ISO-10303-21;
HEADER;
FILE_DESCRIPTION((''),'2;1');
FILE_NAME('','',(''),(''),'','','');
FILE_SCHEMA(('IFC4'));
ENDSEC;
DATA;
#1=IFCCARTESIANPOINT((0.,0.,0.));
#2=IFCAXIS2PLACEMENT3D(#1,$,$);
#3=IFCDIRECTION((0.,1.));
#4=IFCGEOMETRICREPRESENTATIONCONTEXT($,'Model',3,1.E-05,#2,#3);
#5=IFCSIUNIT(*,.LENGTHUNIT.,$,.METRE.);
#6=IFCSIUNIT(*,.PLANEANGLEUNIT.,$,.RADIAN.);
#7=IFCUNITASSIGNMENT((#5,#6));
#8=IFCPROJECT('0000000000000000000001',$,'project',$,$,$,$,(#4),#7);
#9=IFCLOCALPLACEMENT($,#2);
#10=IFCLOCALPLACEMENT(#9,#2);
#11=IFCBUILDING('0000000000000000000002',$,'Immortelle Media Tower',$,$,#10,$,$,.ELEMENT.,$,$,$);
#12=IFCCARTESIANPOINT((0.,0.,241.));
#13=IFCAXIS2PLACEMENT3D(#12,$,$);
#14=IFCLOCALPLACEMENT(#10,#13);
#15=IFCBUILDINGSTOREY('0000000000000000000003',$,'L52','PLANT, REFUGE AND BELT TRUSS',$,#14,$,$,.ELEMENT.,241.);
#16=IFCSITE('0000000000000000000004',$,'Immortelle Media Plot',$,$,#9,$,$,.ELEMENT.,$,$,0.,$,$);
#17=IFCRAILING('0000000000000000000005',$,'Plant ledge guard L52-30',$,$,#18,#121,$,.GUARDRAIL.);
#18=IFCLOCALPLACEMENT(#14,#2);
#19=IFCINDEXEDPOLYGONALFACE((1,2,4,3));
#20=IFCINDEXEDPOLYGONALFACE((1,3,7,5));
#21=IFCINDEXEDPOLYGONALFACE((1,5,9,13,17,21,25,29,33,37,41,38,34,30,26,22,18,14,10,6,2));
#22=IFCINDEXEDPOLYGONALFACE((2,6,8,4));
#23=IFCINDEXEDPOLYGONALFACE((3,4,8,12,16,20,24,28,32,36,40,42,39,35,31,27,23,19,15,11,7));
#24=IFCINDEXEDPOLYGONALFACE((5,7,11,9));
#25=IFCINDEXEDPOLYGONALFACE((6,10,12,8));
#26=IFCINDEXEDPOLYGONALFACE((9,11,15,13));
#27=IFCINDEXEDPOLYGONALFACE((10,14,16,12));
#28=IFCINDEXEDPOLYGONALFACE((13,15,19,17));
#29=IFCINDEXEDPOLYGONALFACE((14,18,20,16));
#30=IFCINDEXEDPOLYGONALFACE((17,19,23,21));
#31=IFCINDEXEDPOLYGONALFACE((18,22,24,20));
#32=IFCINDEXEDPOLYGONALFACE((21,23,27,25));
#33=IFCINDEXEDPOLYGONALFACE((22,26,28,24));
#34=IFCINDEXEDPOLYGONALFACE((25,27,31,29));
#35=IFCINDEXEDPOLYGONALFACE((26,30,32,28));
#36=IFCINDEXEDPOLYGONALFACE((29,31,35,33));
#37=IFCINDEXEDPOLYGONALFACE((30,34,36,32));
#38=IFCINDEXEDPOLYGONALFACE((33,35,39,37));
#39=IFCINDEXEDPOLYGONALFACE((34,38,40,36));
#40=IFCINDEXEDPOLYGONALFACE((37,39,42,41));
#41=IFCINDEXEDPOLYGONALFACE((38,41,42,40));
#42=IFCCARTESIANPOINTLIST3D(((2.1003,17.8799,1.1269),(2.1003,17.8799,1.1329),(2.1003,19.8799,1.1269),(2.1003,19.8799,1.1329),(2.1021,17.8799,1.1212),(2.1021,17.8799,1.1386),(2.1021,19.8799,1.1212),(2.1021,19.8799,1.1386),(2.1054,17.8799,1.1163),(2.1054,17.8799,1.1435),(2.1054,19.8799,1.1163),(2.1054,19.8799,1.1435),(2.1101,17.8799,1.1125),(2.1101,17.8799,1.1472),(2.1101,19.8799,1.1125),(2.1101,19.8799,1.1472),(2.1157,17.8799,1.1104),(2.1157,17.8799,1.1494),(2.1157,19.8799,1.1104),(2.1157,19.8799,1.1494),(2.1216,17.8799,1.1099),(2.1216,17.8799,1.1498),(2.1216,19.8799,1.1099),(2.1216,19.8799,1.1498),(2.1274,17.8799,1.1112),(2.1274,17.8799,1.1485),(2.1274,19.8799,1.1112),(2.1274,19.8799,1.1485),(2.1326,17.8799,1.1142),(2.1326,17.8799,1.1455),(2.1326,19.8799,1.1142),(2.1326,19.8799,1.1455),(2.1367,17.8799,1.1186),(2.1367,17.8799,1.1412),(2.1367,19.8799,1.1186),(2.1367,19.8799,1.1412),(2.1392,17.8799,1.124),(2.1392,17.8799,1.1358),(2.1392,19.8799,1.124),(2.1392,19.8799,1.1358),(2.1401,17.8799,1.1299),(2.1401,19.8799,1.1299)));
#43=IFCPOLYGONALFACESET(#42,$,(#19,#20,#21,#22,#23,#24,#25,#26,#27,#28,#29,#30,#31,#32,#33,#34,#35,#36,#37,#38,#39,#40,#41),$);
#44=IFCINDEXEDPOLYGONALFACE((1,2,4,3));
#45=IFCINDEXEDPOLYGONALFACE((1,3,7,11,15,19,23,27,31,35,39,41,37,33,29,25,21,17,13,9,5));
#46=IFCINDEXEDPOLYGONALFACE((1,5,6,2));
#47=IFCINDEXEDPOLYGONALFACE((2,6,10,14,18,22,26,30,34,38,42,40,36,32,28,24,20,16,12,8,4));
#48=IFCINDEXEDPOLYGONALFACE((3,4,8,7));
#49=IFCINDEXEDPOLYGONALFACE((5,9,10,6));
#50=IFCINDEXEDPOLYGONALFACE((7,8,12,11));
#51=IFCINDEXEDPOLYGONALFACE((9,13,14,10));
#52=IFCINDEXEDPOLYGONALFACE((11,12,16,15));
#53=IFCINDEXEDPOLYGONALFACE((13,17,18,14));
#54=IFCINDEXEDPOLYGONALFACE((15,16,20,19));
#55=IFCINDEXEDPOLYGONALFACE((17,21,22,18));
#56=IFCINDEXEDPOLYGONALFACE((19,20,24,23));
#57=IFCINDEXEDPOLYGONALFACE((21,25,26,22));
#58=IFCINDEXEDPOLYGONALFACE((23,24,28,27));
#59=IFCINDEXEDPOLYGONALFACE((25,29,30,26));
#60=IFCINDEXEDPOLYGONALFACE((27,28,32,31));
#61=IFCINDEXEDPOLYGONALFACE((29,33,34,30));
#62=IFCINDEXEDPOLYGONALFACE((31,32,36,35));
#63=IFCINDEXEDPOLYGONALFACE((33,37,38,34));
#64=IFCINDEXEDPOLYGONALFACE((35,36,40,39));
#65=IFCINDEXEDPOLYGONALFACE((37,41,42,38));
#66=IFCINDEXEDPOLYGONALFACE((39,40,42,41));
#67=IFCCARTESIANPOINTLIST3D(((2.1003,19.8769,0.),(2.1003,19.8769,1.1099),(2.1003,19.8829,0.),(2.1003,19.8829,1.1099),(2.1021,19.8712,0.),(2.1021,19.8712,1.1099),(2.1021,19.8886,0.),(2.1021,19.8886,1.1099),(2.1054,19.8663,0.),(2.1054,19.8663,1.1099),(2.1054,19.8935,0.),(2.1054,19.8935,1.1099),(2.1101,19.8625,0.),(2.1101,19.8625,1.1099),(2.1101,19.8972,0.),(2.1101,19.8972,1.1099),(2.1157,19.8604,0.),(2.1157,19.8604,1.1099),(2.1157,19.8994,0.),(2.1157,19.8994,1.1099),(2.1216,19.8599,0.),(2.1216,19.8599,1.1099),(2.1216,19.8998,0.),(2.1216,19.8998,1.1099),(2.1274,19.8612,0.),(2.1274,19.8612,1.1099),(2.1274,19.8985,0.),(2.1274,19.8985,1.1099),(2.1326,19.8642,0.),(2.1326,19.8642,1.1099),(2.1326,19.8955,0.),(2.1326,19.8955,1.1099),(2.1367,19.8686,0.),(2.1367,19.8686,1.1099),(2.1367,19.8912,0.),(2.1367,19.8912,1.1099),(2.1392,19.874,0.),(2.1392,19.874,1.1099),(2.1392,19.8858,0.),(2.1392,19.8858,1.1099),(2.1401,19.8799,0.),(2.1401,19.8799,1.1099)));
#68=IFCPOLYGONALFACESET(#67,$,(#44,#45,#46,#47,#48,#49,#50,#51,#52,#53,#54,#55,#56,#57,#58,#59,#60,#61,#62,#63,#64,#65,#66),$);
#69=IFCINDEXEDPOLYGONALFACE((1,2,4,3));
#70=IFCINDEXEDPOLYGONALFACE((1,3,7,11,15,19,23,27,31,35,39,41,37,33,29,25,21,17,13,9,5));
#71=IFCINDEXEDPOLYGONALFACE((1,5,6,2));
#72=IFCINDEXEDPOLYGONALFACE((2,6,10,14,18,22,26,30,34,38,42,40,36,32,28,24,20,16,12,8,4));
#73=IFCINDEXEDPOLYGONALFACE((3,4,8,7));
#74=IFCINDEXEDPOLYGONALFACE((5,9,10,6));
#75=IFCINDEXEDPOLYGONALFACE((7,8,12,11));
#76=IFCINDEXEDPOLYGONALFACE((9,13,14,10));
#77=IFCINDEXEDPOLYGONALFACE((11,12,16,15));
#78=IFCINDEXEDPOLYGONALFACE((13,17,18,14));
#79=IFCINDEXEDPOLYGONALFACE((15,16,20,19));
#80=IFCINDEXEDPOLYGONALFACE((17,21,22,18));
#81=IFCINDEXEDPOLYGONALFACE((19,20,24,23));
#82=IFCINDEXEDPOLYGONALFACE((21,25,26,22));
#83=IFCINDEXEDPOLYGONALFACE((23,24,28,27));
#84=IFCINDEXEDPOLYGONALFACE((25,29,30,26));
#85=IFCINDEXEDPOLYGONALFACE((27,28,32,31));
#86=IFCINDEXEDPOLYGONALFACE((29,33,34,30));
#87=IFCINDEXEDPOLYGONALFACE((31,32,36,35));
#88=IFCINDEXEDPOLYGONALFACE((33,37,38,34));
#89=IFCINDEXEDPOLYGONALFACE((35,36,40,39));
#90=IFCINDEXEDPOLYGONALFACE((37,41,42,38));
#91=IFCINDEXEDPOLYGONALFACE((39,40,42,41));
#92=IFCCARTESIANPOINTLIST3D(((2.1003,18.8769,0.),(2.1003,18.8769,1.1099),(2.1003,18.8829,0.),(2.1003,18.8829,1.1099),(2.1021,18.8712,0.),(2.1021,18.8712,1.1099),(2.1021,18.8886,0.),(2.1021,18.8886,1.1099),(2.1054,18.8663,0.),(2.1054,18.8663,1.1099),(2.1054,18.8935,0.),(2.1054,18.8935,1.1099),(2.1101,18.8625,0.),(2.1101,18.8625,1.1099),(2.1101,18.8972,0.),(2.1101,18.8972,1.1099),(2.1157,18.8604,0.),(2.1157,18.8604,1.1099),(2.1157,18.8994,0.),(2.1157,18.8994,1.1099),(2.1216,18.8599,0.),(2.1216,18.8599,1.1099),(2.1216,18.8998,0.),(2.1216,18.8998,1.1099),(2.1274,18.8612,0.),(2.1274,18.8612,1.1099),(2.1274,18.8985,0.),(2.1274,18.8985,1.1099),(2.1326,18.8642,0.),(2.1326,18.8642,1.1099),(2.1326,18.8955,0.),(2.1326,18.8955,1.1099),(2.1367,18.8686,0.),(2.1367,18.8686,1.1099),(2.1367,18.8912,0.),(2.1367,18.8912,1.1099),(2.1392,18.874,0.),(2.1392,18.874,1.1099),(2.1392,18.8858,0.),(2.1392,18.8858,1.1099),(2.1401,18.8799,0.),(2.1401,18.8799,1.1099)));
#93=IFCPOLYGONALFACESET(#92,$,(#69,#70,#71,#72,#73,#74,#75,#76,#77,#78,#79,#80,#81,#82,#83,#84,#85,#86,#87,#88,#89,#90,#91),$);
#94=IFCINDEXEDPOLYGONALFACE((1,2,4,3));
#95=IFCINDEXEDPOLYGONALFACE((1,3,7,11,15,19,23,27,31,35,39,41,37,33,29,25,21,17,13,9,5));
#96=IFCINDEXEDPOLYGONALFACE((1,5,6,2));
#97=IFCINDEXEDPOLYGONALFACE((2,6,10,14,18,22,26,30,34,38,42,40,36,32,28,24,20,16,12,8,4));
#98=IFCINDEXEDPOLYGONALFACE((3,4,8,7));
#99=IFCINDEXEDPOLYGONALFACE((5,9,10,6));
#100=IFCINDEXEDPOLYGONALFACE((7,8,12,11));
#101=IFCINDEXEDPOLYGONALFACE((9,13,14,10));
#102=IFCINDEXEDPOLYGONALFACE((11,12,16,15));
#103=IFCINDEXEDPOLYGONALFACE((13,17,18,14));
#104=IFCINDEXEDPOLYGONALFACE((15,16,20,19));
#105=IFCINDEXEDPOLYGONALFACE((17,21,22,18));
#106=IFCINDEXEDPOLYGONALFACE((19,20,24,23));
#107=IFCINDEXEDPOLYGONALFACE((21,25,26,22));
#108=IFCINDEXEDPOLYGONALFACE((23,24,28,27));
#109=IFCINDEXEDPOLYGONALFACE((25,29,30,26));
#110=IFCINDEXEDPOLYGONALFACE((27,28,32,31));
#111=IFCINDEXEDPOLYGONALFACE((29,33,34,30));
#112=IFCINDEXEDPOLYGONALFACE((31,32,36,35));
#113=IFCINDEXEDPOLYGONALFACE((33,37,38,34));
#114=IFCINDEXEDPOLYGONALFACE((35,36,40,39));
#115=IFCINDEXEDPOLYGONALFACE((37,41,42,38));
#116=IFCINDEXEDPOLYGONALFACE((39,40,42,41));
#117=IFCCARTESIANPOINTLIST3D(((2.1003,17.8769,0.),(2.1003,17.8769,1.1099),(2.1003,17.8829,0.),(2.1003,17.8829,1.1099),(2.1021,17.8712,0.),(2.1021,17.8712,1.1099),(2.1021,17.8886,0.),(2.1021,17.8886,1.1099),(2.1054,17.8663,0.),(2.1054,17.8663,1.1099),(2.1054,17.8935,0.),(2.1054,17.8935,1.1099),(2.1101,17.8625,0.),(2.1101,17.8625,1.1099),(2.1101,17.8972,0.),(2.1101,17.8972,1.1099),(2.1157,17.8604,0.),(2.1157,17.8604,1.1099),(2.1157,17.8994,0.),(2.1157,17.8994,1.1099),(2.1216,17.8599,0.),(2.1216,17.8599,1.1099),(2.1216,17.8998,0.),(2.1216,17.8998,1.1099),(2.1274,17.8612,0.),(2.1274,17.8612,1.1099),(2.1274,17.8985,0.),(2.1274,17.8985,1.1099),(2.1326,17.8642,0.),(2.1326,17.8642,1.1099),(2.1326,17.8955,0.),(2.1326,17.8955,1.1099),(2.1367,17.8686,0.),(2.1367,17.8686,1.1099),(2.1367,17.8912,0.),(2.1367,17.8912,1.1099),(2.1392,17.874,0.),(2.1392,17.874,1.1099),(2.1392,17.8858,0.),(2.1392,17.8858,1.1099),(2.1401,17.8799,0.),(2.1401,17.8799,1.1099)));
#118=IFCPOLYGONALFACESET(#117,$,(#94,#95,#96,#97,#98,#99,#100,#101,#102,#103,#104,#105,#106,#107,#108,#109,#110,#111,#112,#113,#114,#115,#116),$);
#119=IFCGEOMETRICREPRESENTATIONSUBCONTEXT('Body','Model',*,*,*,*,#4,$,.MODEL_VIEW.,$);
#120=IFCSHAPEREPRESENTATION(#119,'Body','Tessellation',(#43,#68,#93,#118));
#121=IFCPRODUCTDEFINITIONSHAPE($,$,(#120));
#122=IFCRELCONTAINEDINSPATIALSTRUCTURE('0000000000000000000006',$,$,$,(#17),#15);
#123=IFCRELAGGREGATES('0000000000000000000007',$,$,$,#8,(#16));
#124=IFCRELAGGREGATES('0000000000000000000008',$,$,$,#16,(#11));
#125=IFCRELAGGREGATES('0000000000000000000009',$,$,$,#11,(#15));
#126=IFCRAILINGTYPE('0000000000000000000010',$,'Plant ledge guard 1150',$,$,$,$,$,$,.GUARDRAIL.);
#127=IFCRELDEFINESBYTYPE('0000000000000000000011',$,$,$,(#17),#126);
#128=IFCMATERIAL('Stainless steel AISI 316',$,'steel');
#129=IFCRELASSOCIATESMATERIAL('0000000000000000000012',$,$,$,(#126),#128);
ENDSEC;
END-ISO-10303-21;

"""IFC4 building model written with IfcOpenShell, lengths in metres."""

from ifc_helpers import new_model, si_unit, direction, frame, origin, origin_2d, place, context, subcontext, project, spatial, circle, extrude, material, type_object, element, save


model = new_model("IFC4")

# Units and contexts
model_context = context("Model", 3, precision=1e-05, world=origin(), true_north=direction((0.0, 1.0)))
body_context = subcontext(model_context, "Body", "Model", "MODEL_VIEW")
ifc_project = project(units=[si_unit("LENGTHUNIT", "METRE"), si_unit("PLANEANGLEUNIT", "RADIAN")], contexts=[model_context])

# Site, building, storey
site_placement = place(None, origin())
site = spatial("IfcSite", under=ifc_project, at=site_placement, Name="Immortelle Media Plot", CompositionType="ELEMENT", RefElevation=0.0)
building_placement = place(site_placement, origin())
building = spatial("IfcBuilding", under=site, at=building_placement, Name="Immortelle Media Tower", CompositionType="ELEMENT")
storey_placement = place(building_placement, frame((0.0, 0.0, 241.0)))
storey = spatial("IfcBuildingStorey", under=building, at=storey_placement, Name="L52", Description="PLANT, REFUGE AND BELT TRUSS", CompositionType="ELEMENT", Elevation=241.0)

# Railing
ifc_material_1 = material(Name="Stainless steel AISI 316", Category="steel")
railing_type = type_object("IfcRailingType", Name="Plant ledge guard 1150", PredefinedType="GUARDRAIL", material=ifc_material_1)
railing_1_placement = place(storey_placement, frame((2.1201, 19.8799, 0.0)))
element("IfcRailing", 1, at=railing_1_placement, inside=storey, type_object=railing_type, Name="Plant ledge guard L52-30", PredefinedType="GUARDRAIL", context=body_context, shape_type="SweptSolid", body=[
    extrude(circle(Radius=0.02, at=origin_2d()), frame((0.0, 0.0, 1.1299), z_axis=(0.0, -1.0, 0.0), x_axis=(1.0, 0.0, 0.0)), (0.0, 0.0, 1.0), 2.0),
    extrude(circle(Radius=0.02, at=origin_2d()), origin(), (0.0, 0.0, 1.0), 1.1099),
    extrude(circle(Radius=0.02, at=origin_2d()), frame((0.0, -1.0, 0.0)), (0.0, 0.0, 1.0), 1.1099),
    extrude(circle(Radius=0.02, at=origin_2d()), frame((0.0, -2.0, 0.0)), (0.0, 0.0, 1.0), 1.1099),
])

save(model, "model.ifc")
